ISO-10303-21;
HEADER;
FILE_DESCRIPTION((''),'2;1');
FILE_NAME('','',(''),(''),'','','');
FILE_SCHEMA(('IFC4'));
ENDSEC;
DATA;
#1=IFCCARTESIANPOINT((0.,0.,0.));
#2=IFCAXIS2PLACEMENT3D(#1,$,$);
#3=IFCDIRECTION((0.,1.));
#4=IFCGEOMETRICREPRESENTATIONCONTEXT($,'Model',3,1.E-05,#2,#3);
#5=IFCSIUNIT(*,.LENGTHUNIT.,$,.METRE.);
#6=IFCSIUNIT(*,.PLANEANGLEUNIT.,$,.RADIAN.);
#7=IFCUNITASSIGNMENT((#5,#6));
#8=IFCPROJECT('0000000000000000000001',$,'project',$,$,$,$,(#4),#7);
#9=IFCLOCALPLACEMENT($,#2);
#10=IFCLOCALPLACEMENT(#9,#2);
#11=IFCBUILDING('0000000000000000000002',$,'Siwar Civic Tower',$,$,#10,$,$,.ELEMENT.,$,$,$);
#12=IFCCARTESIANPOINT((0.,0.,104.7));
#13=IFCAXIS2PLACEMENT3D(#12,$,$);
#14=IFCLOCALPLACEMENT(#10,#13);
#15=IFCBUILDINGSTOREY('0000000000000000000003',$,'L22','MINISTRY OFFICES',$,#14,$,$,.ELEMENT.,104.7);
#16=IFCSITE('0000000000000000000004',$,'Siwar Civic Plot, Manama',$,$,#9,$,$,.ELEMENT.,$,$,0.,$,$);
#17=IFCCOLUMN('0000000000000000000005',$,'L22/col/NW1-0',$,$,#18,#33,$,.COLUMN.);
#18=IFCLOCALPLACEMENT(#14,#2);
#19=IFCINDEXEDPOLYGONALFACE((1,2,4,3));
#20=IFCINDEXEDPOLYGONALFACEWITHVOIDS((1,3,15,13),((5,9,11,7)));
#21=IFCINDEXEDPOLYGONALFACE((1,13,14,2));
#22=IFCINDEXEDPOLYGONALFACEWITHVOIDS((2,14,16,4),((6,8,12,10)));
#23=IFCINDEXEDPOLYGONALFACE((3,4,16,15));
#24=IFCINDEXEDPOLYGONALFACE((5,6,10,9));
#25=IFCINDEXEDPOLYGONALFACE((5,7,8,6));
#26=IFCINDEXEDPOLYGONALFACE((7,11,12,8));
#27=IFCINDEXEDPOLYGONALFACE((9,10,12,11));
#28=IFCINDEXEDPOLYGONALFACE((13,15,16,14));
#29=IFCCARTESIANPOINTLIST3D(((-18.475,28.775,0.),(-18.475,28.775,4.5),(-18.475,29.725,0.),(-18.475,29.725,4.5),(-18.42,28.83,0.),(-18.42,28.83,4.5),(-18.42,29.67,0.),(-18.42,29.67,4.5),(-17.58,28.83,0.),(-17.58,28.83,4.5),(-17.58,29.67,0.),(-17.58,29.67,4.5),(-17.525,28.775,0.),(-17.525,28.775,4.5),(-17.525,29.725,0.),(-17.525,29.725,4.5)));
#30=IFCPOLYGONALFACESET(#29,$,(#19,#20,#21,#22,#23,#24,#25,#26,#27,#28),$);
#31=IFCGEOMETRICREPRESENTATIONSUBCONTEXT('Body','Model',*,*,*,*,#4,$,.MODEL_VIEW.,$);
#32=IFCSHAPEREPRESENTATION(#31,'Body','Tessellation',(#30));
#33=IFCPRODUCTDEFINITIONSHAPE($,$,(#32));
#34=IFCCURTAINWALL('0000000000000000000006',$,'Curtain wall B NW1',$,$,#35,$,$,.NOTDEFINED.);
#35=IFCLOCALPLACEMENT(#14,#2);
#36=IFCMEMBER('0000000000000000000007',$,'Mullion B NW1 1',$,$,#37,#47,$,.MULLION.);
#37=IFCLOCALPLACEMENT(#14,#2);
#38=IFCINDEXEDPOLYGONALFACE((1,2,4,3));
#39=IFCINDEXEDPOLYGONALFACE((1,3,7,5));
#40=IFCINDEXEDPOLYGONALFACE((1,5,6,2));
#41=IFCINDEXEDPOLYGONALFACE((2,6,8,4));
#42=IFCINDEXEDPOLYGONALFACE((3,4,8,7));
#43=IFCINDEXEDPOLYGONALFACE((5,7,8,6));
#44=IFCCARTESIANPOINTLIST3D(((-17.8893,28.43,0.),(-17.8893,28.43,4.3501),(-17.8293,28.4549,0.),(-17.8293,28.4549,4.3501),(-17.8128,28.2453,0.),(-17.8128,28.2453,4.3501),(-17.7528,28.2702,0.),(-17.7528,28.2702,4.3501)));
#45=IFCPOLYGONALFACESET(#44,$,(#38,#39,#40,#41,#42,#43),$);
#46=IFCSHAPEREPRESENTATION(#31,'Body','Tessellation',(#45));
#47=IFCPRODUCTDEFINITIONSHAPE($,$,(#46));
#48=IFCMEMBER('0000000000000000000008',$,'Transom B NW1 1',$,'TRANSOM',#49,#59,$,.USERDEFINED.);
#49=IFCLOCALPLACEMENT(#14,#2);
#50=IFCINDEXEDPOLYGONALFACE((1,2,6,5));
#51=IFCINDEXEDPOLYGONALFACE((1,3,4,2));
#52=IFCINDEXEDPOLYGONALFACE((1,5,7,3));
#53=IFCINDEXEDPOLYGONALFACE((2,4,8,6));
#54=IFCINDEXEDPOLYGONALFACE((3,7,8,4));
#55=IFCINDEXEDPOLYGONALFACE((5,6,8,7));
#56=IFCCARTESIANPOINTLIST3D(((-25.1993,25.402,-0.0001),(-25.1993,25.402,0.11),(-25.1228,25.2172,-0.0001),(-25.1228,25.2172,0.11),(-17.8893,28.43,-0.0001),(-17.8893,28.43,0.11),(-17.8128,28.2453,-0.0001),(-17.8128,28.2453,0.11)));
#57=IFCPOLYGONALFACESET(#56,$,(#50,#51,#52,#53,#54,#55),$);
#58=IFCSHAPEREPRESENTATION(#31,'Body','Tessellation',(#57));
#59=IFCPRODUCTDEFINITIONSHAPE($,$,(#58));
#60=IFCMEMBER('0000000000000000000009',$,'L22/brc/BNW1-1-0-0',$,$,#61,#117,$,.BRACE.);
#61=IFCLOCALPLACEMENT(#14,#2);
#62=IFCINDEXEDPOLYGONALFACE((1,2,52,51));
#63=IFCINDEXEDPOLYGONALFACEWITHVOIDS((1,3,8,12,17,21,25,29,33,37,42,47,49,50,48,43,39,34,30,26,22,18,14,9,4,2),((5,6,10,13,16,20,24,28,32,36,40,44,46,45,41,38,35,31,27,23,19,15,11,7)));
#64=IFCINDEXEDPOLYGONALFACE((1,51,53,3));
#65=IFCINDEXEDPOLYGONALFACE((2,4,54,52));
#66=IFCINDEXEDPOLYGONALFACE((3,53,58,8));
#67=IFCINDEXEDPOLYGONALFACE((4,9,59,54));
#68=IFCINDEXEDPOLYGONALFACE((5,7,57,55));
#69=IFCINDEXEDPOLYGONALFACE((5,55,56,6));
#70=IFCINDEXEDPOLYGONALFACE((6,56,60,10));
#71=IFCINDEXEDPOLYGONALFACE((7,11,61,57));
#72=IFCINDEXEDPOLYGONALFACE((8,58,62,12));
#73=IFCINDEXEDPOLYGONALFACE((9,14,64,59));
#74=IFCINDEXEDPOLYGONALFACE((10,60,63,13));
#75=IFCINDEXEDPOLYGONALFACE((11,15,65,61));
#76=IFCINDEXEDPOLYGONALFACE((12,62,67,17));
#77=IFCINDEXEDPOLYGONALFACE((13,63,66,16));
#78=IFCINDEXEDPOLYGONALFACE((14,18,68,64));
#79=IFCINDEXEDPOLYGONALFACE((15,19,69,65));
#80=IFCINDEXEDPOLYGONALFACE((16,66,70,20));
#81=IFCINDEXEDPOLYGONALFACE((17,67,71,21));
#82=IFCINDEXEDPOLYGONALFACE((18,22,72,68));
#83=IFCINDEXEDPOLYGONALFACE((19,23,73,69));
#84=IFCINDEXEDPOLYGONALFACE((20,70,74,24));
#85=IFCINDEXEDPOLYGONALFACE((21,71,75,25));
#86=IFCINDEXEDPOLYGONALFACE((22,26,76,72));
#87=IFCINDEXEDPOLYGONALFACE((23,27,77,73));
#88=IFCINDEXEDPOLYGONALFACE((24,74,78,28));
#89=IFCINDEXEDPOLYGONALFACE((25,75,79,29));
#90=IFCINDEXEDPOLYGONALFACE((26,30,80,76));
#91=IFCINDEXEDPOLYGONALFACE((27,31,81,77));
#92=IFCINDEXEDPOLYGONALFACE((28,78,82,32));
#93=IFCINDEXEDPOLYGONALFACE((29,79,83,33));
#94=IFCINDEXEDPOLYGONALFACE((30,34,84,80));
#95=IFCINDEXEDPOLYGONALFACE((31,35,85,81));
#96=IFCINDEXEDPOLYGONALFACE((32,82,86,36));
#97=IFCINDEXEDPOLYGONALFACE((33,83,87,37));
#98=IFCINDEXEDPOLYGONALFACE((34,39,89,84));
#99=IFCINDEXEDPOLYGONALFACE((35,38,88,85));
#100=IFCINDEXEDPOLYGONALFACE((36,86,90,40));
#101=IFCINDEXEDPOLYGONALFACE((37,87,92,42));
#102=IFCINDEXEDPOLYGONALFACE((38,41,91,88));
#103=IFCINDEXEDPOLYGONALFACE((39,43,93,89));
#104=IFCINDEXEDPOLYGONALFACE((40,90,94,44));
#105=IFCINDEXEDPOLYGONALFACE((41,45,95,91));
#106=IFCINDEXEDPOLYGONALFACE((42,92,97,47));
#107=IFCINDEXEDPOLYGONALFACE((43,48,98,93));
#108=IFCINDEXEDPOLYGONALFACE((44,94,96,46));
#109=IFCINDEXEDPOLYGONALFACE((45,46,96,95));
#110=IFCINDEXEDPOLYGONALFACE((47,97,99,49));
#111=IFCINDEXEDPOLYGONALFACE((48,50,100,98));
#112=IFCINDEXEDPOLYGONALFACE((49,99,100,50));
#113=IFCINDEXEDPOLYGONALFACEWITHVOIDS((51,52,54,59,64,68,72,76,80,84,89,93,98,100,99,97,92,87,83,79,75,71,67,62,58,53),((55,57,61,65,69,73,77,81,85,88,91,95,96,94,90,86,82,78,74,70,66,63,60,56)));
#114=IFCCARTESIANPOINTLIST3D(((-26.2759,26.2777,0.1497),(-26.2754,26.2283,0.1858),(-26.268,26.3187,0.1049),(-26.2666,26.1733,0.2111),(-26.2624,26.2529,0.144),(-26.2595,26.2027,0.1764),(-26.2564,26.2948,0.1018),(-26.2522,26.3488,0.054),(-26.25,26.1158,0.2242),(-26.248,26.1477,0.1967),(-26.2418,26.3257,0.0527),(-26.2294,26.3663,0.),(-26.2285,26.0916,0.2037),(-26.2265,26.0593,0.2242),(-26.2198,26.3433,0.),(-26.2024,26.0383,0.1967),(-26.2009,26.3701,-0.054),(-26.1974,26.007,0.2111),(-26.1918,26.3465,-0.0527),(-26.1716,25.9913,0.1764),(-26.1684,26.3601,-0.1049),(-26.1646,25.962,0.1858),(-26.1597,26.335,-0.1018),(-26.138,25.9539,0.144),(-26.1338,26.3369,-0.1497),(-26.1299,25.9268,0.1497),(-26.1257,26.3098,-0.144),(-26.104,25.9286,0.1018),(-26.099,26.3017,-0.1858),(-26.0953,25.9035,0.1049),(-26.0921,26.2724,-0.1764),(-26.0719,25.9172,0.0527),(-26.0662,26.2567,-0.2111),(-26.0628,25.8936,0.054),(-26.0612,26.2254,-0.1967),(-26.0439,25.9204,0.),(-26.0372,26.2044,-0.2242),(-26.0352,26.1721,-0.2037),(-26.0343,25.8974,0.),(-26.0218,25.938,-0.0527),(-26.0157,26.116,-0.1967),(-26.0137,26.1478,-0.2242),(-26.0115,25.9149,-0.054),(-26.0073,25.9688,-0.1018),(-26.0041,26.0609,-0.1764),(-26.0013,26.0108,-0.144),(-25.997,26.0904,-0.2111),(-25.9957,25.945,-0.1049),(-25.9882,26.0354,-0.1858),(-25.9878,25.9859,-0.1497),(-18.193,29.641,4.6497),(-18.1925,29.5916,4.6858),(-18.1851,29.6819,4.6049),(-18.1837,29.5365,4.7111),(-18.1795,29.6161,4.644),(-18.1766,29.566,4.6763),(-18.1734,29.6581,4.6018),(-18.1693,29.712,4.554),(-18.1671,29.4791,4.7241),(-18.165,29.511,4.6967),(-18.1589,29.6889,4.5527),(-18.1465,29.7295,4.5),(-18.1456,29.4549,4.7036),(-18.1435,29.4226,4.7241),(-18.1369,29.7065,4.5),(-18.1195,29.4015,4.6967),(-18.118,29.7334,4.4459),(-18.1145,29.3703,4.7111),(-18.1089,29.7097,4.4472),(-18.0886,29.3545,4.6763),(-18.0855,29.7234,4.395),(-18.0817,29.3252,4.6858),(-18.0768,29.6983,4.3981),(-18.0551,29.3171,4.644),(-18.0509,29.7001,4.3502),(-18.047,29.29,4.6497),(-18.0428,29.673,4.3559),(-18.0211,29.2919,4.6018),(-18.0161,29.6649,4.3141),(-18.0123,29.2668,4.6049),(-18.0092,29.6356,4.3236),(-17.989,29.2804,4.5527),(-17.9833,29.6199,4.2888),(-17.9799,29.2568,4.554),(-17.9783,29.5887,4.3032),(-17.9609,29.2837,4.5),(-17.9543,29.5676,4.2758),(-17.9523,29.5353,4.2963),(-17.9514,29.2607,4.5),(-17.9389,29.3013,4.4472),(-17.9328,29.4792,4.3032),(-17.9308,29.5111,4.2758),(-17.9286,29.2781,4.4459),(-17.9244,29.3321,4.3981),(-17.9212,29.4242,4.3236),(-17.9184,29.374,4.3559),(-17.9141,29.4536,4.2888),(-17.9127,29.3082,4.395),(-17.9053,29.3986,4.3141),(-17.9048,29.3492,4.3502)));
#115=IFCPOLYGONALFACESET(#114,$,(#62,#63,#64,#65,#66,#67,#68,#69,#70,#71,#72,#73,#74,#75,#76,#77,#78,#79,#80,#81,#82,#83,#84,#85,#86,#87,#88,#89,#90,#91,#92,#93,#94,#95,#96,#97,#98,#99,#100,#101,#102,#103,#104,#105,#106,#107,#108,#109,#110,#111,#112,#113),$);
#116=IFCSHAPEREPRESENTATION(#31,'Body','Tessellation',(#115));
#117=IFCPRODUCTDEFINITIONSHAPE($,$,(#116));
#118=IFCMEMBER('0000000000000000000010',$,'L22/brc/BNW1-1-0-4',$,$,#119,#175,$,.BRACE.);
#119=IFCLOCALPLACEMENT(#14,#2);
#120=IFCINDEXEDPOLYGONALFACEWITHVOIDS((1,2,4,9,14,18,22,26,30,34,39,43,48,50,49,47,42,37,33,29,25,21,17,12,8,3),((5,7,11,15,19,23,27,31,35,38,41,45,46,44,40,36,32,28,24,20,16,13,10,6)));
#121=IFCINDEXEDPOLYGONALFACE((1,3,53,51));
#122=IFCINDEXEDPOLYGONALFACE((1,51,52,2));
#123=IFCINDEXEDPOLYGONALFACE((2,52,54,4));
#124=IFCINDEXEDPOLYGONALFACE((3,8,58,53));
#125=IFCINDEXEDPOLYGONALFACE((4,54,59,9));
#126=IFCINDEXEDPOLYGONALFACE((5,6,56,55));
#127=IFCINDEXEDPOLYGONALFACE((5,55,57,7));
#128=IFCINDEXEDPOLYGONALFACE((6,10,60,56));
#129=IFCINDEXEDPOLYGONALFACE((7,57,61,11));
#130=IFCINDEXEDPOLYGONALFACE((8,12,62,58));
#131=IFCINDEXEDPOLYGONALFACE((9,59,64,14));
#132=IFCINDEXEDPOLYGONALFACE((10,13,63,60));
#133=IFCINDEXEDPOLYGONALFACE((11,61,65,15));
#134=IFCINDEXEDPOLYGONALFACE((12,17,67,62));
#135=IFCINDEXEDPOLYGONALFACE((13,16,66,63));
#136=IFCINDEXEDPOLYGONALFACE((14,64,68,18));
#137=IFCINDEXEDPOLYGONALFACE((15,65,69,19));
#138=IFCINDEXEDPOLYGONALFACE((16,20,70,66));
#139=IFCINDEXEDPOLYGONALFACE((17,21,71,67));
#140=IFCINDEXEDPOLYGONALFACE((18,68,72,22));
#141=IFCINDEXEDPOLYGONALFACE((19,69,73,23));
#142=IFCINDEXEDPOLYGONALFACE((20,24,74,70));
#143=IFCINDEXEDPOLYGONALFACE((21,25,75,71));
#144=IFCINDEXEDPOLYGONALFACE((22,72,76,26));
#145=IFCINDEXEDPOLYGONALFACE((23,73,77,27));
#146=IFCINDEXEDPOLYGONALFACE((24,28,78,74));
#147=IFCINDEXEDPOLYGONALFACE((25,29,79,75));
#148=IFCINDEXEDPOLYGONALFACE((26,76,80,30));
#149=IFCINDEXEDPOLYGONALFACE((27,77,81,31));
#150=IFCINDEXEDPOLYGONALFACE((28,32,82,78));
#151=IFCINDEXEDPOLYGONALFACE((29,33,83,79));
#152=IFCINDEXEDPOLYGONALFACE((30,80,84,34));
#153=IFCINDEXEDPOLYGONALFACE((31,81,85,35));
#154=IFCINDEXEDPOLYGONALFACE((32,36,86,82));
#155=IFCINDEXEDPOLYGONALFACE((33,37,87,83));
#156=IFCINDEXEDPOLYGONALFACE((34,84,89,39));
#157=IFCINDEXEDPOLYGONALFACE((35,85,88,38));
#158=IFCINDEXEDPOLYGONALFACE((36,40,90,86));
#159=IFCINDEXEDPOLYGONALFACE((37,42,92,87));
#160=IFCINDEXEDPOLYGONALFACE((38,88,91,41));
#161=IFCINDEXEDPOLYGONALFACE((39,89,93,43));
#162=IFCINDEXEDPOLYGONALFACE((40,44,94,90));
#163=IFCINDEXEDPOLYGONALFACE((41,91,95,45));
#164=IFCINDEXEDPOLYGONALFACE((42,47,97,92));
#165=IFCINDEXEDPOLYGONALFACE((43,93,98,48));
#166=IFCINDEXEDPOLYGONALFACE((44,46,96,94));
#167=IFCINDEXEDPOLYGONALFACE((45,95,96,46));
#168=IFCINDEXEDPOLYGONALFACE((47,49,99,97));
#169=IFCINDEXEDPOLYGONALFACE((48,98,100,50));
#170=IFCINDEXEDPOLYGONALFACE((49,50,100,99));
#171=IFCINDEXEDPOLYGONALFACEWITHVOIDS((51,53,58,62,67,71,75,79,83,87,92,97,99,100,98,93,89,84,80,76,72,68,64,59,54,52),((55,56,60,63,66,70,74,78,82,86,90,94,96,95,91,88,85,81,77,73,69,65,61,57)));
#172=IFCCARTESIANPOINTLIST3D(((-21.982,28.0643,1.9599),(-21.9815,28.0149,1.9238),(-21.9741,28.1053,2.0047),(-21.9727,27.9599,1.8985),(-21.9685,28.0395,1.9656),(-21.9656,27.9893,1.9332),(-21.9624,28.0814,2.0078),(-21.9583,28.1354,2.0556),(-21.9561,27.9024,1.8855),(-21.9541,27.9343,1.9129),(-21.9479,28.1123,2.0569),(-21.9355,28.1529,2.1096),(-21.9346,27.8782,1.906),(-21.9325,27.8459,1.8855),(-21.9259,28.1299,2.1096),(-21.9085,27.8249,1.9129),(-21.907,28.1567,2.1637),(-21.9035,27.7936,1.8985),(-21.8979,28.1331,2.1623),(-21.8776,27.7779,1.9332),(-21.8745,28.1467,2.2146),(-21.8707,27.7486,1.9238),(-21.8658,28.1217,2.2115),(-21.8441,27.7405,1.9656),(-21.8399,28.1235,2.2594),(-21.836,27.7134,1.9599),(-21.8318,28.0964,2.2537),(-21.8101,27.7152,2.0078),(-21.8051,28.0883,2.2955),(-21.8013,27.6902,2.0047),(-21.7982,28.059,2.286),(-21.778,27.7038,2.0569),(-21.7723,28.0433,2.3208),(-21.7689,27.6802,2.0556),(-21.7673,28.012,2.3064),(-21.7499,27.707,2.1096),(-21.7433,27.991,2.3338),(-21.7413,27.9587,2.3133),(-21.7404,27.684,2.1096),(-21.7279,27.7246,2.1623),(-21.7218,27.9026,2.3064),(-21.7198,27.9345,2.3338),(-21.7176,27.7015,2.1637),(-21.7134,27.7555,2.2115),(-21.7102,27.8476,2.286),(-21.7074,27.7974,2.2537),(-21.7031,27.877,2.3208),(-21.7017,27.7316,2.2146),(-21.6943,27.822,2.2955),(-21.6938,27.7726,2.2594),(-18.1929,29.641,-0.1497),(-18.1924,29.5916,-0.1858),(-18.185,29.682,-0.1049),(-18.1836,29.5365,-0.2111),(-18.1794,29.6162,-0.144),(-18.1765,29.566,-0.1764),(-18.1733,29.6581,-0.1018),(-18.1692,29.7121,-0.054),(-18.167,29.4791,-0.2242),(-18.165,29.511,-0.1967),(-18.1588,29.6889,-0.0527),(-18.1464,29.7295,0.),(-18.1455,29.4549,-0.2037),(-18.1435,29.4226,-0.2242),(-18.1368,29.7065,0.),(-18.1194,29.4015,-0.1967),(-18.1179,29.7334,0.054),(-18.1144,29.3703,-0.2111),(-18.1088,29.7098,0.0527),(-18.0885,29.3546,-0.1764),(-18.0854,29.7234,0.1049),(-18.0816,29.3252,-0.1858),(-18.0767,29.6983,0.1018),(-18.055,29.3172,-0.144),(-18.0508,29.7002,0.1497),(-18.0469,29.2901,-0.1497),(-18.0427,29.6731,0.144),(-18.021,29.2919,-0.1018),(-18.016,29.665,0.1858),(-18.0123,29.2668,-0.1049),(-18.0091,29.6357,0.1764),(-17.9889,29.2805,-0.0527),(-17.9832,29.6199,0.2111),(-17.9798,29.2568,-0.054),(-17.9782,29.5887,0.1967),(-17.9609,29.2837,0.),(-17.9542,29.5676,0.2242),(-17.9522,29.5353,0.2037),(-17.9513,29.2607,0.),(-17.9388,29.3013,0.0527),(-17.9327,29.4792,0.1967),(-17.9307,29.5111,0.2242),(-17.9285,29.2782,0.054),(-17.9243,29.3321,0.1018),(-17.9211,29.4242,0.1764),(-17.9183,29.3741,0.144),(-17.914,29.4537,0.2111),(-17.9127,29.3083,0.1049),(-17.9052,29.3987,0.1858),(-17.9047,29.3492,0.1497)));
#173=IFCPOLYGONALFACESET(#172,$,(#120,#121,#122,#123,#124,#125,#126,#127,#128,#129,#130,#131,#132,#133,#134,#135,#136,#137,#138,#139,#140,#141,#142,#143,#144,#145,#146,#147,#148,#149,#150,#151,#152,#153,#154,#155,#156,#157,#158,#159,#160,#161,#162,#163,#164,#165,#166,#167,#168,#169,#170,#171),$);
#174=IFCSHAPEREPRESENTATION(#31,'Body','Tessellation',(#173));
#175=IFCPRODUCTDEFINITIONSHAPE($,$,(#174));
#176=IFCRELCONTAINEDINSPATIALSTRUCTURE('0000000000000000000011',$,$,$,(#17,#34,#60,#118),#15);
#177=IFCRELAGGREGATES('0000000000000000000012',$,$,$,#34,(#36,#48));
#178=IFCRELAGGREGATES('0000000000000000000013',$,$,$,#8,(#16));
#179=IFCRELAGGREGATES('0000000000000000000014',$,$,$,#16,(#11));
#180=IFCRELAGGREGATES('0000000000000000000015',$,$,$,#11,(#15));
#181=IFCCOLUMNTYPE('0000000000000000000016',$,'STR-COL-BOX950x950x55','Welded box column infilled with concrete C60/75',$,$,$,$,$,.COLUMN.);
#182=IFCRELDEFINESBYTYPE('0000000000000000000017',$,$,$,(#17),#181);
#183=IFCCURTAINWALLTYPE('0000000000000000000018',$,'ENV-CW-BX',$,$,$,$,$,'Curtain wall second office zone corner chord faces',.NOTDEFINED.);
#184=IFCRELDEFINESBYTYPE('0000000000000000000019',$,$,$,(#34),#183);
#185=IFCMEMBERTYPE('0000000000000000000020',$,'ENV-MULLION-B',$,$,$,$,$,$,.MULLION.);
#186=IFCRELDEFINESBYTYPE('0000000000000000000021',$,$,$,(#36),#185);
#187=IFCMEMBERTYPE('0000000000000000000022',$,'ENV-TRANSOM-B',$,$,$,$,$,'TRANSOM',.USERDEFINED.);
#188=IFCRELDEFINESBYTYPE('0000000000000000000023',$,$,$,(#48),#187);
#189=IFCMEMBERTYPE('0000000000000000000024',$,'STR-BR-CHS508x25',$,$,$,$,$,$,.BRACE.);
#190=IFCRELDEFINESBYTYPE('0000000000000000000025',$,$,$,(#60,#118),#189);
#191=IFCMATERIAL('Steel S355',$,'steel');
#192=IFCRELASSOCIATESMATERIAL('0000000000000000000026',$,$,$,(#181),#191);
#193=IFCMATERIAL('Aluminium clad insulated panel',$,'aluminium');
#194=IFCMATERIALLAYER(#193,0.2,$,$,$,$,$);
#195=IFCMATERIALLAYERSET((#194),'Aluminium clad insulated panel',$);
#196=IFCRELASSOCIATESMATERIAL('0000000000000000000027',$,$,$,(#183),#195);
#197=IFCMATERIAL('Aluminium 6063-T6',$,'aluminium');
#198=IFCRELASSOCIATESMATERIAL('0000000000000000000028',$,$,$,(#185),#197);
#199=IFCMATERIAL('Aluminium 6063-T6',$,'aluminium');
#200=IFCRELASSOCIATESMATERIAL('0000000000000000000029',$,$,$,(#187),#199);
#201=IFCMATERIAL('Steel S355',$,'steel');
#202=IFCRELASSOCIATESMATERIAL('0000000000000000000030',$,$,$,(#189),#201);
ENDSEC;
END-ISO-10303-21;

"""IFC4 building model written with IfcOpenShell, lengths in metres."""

from ifc_helpers import new_model, si_unit, direction, frame, origin, origin_2d, place, context, subcontext, project, spatial, rectangle, hollow_rectangle, hollow_circle, extrude, material, layer, layer_set, material_profile, profile_set, type_object, element, aggregate, save


model = new_model("IFC4")

# Units and contexts
model_context = context("Model", 3, precision=1e-05, world=origin(), true_north=direction((0.0, 1.0)))
body_context = subcontext(model_context, "Body", "Model", "MODEL_VIEW")
ifc_project = project(units=[si_unit("LENGTHUNIT", "METRE"), si_unit("PLANEANGLEUNIT", "RADIAN")], contexts=[model_context])

# Site, building, storey
site_placement = place(None, origin())
site = spatial("IfcSite", under=ifc_project, at=site_placement, Name="Siwar Civic Plot, Manama", CompositionType="ELEMENT", RefElevation=0.0)
building_placement = place(site_placement, origin())
building = spatial("IfcBuilding", under=site, at=building_placement, Name="Siwar Civic Tower", CompositionType="ELEMENT")
storey_placement = place(building_placement, frame((0.0, 0.0, 104.7)))
storey = spatial("IfcBuildingStorey", under=building, at=storey_placement, Name="L22", Description="MINISTRY OFFICES", CompositionType="ELEMENT", Elevation=104.7)

# Column
ifc_material_1 = material(Name="Steel S355", Category="steel")
ifc_material_profile_1 = material_profile(ifc_material_1, hollow_rectangle(XDim=0.95, YDim=0.95, WallThickness=0.0549, at=origin_2d()), Name="BOX950x950x55")
ifc_profile_set_1 = profile_set([ifc_material_profile_1], Name="Steel S355")
column_type = type_object("IfcColumnType", Name="STR-COL-BOX950x950x55", Description="Welded box column infilled with concrete C60/75", PredefinedType="COLUMN", material=ifc_profile_set_1)
column_placement = place(storey_placement, frame((-18.0, 29.25, 0.0), z_axis=(0.0, 0.0, 1.0), x_axis=(1.0, 0.0, 0.0)))
element("IfcColumn", 1, at=column_placement, inside=storey, type_object=column_type, Name="L22/col/NW1-0", PredefinedType="COLUMN", context=body_context, shape_type="SweptSolid", body=[
    extrude(hollow_rectangle(XDim=0.95, YDim=0.95, WallThickness=0.0549, at=origin_2d()), origin(), (0.0, 0.0, 1.0), 4.5),
])

# Curtain wall, members
ifc_material_2 = material(Name="Aluminium clad insulated panel", Category="aluminium")
ifc_layer_1 = layer(ifc_material_2, 0.2)
ifc_layer_set_1 = layer_set([ifc_layer_1], Name="Aluminium clad insulated panel")
curtain_wall_type = type_object("IfcCurtainWallType", Name="ENV-CW-BX", ElementType="Curtain wall second office zone corner chord faces", PredefinedType="NOTDEFINED", material=ifc_layer_set_1)
curtain_wall_placement = place(storey_placement, origin())
curtain_wall = element("IfcCurtainWall", 2, at=curtain_wall_placement, inside=storey, type_object=curtain_wall_type, Name="Curtain wall B NW1", PredefinedType="NOTDEFINED")
ifc_material_3 = material(Name="Aluminium 6063-T6", Category="aluminium")
ifc_material_profile_2 = material_profile(ifc_material_3, rectangle(XDim=0.2, YDim=0.0649, at=origin_2d()), Name="AL 200x65")
ifc_profile_set_2 = profile_set([ifc_material_profile_2], Name="Aluminium 6063-T6")
member_type_1 = type_object("IfcMemberType", Name="ENV-MULLION-B", PredefinedType="MULLION", material=ifc_profile_set_2)
member_1_placement = place(storey_placement, frame((-17.821, 28.3501, 0.0), z_axis=(0.0, 0.0, 1.0), x_axis=(0.382683, -0.92388, 0.0)))
member_1 = element("IfcMember", 3, at=member_1_placement, type_object=member_type_1, Name="Mullion B NW1 1", PredefinedType="MULLION", context=body_context, shape_type="SweptSolid", body=[
    extrude(rectangle(XDim=0.2, YDim=0.0649, at=origin_2d()), origin(), (0.0, 0.0, 1.0), 4.3501),
])
ifc_material_4 = material(Name="Aluminium 6063-T6", Category="aluminium")
ifc_material_profile_3 = material_profile(ifc_material_4, rectangle(XDim=0.2, YDim=0.1101, at=origin_2d()), Name="AL 200x110")
ifc_profile_set_3 = profile_set([ifc_material_profile_3], Name="Aluminium 6063-T6")
member_type_2 = type_object("IfcMemberType", Name="ENV-TRANSOM-B", ElementType="TRANSOM", PredefinedType="USERDEFINED", material=ifc_profile_set_3)
member_2_placement = place(storey_placement, frame((-17.8511, 28.3376, 0.0549), z_axis=(-0.923873, -0.3827, 0.0), x_axis=(0.3827, -0.923873, 0.0)))
member_2 = element("IfcMember", 4, at=member_2_placement, type_object=member_type_2, Name="Transom B NW1 1", ObjectType="TRANSOM", PredefinedType="USERDEFINED", context=body_context, shape_type="SweptSolid", body=[
    extrude(rectangle(XDim=0.2, YDim=0.1101, at=origin_2d()), origin(), (0.0, 0.0, 1.0), 7.9124),
])

# Members
ifc_material_5 = material(Name="Steel S355", Category="steel")
ifc_material_profile_4 = material_profile(ifc_material_5, hollow_circle(Radius=0.2539, WallThickness=0.0249, at=origin_2d()), Name="CHS508x25")
ifc_profile_set_4 = profile_set([ifc_material_profile_4], Name="Steel S355")
member_type_3 = type_object("IfcMemberType", Name="STR-BR-CHS508x25", PredefinedType="BRACE", material=ifc_profile_set_4)
member_3_placement = place(storey_placement, frame((-26.1318, 26.1318, 0.0), z_axis=(0.821143, 0.341671, 0.457149), x_axis=(-0.384164, 0.923265, 0.0)))
element("IfcMember", 5, at=member_3_placement, inside=storey, type_object=member_type_3, Name="L22/brc/BNW1-1-0-0", PredefinedType="BRACE", context=body_context, shape_type="SweptSolid", body=[
    extrude(hollow_circle(Radius=0.2539, WallThickness=0.0249, at=origin_2d()), origin(), (0.0, 0.0, 1.0), 9.8435),
])
for number, where, z_axis, x_axis, name in (
    (6, (-18.0488, 29.4951, 0.0), (-0.821126, -0.341677, 0.457175), (0.384176, -0.92326, 0.0), "L22/brc/BNW1-1-0-4"),
):
    element("IfcMember", number, at=place(storey_placement, frame(where, z_axis=z_axis, x_axis=x_axis)), inside=storey, type_object=member_type_3, Name=name, PredefinedType="BRACE", context=body_context, shape_type="SweptSolid", body=[
        extrude(hollow_circle(Radius=0.2539, WallThickness=0.0249, at=origin_2d()), origin(), (0.0, 0.0, 1.0), 4.6145),
    ])

aggregate(curtain_wall, [member_1, member_2])

save(model, "model.ifc")
